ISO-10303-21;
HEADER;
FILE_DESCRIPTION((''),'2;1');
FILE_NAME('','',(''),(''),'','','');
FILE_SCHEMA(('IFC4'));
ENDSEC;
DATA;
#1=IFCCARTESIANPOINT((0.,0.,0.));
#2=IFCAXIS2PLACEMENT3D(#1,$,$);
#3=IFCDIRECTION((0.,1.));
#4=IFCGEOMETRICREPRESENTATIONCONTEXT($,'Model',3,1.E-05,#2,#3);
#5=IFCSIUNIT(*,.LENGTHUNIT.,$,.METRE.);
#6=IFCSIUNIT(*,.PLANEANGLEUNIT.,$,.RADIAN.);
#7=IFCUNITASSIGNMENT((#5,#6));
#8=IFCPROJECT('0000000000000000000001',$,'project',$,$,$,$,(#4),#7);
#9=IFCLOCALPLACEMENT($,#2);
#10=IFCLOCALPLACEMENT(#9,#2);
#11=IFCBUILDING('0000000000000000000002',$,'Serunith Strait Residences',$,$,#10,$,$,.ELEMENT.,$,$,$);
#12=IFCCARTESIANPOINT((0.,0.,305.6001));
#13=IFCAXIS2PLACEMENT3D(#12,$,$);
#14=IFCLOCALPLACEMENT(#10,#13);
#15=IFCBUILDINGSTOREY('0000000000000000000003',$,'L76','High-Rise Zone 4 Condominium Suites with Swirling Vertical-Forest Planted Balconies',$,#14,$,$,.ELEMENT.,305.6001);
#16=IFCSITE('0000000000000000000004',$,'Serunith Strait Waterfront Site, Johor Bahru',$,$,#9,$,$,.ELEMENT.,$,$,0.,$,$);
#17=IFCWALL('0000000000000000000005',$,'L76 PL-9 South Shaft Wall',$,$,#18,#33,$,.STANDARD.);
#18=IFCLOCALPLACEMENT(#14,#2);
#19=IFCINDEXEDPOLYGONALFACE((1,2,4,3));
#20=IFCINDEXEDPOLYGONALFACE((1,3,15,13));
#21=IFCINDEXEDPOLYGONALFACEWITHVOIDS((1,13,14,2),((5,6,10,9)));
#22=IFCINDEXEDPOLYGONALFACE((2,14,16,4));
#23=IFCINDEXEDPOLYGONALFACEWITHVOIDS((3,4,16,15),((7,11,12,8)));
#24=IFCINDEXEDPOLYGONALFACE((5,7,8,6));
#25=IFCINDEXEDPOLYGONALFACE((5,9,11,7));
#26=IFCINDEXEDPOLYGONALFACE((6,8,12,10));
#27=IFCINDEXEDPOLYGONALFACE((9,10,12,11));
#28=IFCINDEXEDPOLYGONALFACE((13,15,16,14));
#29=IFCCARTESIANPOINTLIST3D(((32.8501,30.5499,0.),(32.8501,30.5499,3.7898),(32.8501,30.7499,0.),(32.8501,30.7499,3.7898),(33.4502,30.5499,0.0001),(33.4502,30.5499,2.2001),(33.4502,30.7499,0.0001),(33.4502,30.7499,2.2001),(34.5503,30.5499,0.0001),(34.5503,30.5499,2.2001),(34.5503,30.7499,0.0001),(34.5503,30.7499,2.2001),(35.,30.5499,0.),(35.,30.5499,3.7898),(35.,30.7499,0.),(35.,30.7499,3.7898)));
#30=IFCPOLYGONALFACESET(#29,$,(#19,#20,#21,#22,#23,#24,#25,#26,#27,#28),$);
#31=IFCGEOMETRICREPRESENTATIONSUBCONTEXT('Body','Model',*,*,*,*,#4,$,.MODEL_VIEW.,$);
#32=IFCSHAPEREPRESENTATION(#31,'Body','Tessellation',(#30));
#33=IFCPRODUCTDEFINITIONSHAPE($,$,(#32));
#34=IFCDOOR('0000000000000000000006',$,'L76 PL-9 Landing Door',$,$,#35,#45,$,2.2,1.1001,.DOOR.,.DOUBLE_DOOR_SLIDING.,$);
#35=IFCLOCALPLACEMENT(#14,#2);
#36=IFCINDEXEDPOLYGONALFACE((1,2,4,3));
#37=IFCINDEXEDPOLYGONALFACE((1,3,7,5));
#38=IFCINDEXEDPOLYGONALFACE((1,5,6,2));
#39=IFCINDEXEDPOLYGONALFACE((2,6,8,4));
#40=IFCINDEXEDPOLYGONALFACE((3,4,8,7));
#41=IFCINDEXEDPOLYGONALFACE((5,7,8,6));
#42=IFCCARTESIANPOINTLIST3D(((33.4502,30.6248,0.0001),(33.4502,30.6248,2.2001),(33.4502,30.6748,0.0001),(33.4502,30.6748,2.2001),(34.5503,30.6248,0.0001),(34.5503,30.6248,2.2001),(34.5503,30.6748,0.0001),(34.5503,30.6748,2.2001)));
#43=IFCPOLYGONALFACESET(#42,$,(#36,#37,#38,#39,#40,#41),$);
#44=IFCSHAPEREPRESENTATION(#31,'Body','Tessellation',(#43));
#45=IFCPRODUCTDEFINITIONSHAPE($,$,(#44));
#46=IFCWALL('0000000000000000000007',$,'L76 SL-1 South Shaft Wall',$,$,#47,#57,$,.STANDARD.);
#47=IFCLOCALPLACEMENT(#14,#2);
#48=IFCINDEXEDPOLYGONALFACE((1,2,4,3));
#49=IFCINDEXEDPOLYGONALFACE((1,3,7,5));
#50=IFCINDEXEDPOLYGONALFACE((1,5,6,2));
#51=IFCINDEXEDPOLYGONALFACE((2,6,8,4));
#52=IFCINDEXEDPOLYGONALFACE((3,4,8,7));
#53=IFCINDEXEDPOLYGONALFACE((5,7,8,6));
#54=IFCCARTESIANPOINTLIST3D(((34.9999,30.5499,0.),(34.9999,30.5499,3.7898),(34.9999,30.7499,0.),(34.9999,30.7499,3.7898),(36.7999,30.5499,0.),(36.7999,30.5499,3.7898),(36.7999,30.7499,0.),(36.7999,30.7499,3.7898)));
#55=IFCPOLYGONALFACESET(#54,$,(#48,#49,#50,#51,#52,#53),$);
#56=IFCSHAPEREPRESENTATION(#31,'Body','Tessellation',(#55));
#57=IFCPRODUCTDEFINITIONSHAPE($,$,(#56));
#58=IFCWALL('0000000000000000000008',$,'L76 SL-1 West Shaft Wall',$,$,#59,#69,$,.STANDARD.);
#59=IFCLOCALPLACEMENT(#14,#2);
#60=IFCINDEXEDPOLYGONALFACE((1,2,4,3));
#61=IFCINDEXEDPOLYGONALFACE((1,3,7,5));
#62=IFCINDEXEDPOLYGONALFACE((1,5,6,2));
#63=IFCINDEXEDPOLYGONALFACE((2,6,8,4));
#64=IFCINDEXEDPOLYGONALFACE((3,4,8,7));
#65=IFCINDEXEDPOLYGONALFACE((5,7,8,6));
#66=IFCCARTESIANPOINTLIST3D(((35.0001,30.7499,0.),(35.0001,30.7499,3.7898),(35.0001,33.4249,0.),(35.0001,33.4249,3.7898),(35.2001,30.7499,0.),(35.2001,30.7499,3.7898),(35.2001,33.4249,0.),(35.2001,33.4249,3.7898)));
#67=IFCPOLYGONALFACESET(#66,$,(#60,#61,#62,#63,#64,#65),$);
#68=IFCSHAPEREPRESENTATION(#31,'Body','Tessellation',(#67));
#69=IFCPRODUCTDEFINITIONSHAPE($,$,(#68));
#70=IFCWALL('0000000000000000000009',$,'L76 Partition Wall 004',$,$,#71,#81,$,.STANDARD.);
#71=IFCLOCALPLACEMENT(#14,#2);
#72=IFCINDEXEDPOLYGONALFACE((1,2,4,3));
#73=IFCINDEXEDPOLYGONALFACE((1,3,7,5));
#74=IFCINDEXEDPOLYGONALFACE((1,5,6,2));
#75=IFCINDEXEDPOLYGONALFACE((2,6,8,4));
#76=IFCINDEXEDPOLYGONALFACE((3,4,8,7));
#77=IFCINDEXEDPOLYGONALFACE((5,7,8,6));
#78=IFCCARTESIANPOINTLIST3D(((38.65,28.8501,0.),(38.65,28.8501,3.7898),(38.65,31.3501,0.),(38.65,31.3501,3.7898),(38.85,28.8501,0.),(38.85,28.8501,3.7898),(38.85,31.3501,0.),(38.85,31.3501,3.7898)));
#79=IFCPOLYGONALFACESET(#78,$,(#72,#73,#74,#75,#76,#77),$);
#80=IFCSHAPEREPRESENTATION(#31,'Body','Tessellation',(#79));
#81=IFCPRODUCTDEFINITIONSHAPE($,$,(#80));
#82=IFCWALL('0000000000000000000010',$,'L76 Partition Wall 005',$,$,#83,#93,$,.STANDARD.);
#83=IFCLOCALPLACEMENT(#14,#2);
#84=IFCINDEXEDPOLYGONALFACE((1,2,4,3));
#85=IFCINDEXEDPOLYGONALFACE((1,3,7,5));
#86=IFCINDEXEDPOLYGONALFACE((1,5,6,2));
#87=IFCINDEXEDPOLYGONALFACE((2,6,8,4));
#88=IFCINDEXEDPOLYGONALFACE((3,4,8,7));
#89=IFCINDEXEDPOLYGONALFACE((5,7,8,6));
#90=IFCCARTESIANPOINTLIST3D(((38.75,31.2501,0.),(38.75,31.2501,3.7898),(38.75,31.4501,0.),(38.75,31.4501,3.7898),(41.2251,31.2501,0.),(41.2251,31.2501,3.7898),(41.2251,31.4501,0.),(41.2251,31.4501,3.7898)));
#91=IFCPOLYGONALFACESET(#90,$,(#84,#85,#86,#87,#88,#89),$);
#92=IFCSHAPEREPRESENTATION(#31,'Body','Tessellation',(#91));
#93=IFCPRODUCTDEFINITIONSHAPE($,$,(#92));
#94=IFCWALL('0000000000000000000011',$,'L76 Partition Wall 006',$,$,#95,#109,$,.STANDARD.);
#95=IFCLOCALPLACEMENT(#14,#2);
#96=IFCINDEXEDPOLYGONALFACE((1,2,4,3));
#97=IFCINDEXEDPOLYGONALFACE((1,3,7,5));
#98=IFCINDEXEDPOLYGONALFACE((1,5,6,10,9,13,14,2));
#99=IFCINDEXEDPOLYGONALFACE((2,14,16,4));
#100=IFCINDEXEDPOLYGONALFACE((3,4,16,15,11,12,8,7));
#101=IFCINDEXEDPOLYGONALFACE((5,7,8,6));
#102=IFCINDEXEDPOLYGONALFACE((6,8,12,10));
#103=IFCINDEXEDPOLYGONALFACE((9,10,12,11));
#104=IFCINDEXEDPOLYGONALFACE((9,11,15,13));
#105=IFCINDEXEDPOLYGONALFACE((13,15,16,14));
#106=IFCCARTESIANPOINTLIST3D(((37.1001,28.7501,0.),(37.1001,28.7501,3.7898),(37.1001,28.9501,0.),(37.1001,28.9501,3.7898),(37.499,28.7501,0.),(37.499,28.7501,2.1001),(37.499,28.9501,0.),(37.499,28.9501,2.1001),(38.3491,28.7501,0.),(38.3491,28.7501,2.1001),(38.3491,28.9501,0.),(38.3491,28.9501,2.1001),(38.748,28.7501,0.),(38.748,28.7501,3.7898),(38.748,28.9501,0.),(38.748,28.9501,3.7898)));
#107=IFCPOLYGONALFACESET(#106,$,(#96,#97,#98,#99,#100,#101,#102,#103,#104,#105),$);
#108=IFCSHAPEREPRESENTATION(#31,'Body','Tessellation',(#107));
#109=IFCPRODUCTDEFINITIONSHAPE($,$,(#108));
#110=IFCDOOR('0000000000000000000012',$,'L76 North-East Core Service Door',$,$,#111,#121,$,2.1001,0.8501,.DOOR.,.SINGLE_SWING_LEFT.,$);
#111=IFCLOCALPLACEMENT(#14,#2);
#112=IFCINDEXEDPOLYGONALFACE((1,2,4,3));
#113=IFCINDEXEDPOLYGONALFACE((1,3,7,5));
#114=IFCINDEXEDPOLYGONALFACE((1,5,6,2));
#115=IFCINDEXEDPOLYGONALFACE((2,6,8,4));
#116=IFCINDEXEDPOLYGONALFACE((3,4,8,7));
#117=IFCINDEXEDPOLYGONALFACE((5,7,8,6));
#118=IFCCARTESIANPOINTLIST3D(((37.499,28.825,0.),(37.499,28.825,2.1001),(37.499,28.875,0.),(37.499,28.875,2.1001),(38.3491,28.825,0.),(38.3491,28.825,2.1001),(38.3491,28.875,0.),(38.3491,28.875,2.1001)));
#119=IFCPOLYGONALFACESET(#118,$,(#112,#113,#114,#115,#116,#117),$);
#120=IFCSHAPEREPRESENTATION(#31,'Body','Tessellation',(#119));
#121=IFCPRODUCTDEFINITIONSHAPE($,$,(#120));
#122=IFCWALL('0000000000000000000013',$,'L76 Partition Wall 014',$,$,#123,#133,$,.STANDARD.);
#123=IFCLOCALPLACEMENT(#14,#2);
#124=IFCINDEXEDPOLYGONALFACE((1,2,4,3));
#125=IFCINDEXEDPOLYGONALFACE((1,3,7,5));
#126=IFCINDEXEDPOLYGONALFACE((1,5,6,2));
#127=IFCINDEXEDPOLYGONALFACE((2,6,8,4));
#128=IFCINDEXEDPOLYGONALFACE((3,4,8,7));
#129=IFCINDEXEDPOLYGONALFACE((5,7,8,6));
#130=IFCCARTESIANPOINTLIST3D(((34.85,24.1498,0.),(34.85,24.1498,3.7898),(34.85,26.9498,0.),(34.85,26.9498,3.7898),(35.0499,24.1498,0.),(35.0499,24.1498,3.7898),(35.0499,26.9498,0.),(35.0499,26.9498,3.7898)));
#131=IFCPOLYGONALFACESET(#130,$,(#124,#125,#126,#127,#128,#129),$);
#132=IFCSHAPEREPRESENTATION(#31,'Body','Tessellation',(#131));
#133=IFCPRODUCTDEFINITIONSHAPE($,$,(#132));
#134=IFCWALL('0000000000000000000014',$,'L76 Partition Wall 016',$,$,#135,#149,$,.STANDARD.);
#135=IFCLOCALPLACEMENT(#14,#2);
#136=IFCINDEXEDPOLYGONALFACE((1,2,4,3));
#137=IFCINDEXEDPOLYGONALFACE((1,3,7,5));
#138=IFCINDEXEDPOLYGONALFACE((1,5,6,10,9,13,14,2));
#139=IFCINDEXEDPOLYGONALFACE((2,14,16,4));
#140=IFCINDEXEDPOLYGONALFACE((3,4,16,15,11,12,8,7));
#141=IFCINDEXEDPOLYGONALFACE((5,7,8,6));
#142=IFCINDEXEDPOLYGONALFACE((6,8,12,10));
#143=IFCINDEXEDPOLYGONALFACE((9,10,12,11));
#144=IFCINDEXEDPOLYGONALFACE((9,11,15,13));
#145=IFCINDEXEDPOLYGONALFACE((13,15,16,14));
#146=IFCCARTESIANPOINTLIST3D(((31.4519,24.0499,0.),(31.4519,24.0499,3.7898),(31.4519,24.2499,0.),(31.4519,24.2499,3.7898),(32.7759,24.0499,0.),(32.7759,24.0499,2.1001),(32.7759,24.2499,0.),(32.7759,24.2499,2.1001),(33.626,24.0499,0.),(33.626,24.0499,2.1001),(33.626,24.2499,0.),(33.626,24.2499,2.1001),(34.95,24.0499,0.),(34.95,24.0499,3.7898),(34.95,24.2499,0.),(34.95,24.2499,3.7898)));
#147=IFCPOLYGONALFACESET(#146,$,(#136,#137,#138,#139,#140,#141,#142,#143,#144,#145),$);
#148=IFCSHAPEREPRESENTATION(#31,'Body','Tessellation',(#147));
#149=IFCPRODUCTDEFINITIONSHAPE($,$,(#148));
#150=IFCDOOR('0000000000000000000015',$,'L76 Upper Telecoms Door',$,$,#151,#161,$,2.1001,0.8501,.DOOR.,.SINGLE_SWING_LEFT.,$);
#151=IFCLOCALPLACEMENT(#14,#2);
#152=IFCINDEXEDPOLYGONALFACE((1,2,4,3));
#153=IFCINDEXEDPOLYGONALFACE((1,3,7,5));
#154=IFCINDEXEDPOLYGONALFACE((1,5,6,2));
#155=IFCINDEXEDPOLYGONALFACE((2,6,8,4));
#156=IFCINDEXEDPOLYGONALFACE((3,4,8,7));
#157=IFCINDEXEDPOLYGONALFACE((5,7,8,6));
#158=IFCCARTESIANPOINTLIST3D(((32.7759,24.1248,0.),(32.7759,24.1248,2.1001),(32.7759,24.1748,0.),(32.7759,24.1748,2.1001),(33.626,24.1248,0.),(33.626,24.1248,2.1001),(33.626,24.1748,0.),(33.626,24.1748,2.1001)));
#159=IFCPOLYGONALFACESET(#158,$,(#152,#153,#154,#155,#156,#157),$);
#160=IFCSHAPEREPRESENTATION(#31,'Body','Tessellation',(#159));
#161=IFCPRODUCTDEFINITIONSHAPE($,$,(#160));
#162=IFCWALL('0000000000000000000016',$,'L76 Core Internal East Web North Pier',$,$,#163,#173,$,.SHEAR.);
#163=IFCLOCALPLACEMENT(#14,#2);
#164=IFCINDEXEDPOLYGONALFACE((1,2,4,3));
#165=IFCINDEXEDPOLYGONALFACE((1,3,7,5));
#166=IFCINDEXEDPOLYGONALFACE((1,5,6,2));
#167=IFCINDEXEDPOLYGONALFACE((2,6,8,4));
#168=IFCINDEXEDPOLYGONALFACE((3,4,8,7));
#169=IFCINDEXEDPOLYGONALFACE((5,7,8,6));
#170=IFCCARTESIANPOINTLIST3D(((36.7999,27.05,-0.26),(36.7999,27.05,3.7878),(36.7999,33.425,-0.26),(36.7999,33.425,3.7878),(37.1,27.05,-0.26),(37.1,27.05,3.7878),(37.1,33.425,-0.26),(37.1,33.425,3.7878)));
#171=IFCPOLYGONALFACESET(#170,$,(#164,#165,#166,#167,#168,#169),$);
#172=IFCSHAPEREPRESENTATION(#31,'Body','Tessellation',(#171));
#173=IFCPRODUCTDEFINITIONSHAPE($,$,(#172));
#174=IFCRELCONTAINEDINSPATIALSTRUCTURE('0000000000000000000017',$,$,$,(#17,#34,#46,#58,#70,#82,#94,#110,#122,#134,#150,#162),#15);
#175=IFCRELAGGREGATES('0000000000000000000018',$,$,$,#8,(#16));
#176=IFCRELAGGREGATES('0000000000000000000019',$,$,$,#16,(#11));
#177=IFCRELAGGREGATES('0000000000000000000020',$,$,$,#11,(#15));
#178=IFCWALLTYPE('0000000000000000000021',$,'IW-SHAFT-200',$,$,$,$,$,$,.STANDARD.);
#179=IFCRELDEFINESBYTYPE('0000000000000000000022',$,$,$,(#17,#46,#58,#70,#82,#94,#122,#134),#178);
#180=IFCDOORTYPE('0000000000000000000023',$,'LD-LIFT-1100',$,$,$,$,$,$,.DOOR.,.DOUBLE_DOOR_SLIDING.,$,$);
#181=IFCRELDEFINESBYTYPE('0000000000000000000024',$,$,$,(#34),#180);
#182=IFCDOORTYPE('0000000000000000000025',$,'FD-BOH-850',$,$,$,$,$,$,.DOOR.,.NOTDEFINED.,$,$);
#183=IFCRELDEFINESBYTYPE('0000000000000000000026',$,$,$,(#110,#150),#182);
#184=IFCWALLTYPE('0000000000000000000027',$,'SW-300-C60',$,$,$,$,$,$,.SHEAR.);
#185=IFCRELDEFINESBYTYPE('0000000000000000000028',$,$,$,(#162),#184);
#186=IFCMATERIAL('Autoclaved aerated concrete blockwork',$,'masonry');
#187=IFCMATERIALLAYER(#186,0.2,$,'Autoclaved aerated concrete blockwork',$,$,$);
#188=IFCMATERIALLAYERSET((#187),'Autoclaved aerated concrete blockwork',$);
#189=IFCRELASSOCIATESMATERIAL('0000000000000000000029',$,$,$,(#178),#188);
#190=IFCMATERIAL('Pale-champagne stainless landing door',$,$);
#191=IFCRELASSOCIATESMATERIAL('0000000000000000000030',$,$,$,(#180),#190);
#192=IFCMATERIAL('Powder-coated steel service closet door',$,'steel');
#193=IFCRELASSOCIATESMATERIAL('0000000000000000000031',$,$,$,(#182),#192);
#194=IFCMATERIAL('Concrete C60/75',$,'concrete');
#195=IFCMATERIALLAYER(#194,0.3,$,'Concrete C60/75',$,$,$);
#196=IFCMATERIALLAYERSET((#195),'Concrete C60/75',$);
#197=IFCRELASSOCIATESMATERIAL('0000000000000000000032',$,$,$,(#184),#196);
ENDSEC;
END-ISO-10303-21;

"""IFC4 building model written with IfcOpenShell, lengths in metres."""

from ifc_helpers import new_model, si_unit, direction, frame, frame_2d, origin, place, context, subcontext, project, spatial, rectangle, extrude, source, transform, mapped, material, layer, layer_set, type_object, element, fill, save


model = new_model("IFC4")

# Units and contexts
model_context = context("Model", 3, precision=1e-05, world=origin(), true_north=direction((0.0, 1.0)))
body_context = subcontext(model_context, "Body", "Model", "MODEL_VIEW")
ifc_project = project(units=[si_unit("LENGTHUNIT", "METRE"), si_unit("PLANEANGLEUNIT", "RADIAN")], contexts=[model_context])

# Site, building, storey
site_placement = place(None, origin())
site = spatial("IfcSite", under=ifc_project, at=site_placement, Name="Serunith Strait Waterfront Site, Johor Bahru", CompositionType="ELEMENT", RefElevation=0.0)
building_placement = place(site_placement, origin())
building = spatial("IfcBuilding", under=site, at=building_placement, Name="Serunith Strait Residences", CompositionType="ELEMENT")
storey_placement = place(building_placement, frame((0.0, 0.0, 305.6001)))
storey = spatial("IfcBuildingStorey", under=building, at=storey_placement, Name="L76", Description="High-Rise Zone 4 Condominium Suites with Swirling Vertical-Forest Planted Balconies", CompositionType="ELEMENT", Elevation=305.6001)

# Wall, opening, door
shared_shape_1 = source(origin(), body_context, "Body", "SweptSolid", [
    extrude(rectangle(XDim=0.8501, YDim=2.1001, at=frame_2d((0.425, 1.05))), frame((0.0, 0.0249, 0.0), z_axis=(0.0, -1.0, 0.0), x_axis=(1.0, 0.0, 0.0)), (0.0, 0.0, 1.0), 0.05),
])
ifc_material_1 = material(Name="Autoclaved aerated concrete blockwork", Category="masonry")
ifc_layer_1 = layer(ifc_material_1, 0.2, Name="Autoclaved aerated concrete blockwork")
ifc_layer_set_1 = layer_set([ifc_layer_1], Name="Autoclaved aerated concrete blockwork")
wall_type_1 = type_object("IfcWallType", Name="IW-SHAFT-200", PredefinedType="STANDARD", material=ifc_layer_set_1)
wall_1_placement = place(storey_placement, frame((32.8501, 30.6499, 0.0), z_axis=(0.0, 0.0, 1.0), x_axis=(1.0, 0.0, 0.0)))
wall_1 = element("IfcWall", 1, at=wall_1_placement, inside=storey, type_object=wall_type_1, Name="L76 PL-9 South Shaft Wall", PredefinedType="STANDARD", context=body_context, shape_type="SweptSolid", body=[
    extrude(rectangle(XDim=2.1499, YDim=0.2, at=frame_2d((1.075, 0.0))), origin(), (0.0, 0.0, 1.0), 3.7898),
])
opening_1_placement = place(wall_1_placement, frame((0.6001, 0.0, 0.0)))
opening_1 = element("IfcOpeningElement", 2, at=opening_1_placement, cuts=wall_1, PredefinedType="OPENING", context=body_context, shape_type="SweptSolid", body=[
    extrude(rectangle(XDim=1.1001, YDim=2.2, at=frame_2d((0.55, 1.1001))), frame((0.0, 0.1099, 0.0), z_axis=(0.0, -1.0, 0.0), x_axis=(1.0, 0.0, 0.0)), (0.0, 0.0, 1.0), 0.22),
])
ifc_material_2 = material(Name="Pale-champagne stainless landing door")
door_type_1 = type_object("IfcDoorType", Name="LD-LIFT-1100", OperationType="DOUBLE_DOOR_SLIDING", PredefinedType="DOOR", material=ifc_material_2)
shared_shape_2 = source(origin(), body_context, "Body", "SweptSolid", [
    extrude(rectangle(XDim=1.1001, YDim=2.2, at=frame_2d((0.55, 1.1001))), frame((0.0, 0.0249, 0.0), z_axis=(0.0, -1.0, 0.0), x_axis=(1.0, 0.0, 0.0)), (0.0, 0.0, 1.0), 0.05),
])
door_1_placement = place(opening_1_placement, origin())
door_1 = element("IfcDoor", 3, at=door_1_placement, inside=storey, type_object=door_type_1, Name="L76 PL-9 Landing Door", OperationType="DOUBLE_DOOR_SLIDING", OverallHeight=2.2, OverallWidth=1.1001, PredefinedType="DOOR", context=body_context, shape_type="MappedRepresentation", body=[
    mapped(shared_shape_2, transform((0.0, 0.0, 0.0), scale=1.0)),
])
fill(opening_1, door_1)

# Walls
wall_2_placement = place(storey_placement, frame((35.0, 30.6499, 0.0), z_axis=(0.0, 0.0, 1.0), x_axis=(1.0, 0.0, 0.0)))
element("IfcWall", 4, at=wall_2_placement, inside=storey, type_object=wall_type_1, Name="L76 SL-1 South Shaft Wall", PredefinedType="STANDARD", context=body_context, shape_type="SweptSolid", body=[
    extrude(rectangle(XDim=1.8, YDim=0.2, at=frame_2d((0.8999, 0.0))), origin(), (0.0, 0.0, 1.0), 3.7898),
])
wall_3_placement = place(storey_placement, frame((35.1001, 30.75, 0.0), z_axis=(0.0, 0.0, 1.0), x_axis=(0.0, 1.0, 0.0)))
element("IfcWall", 5, at=wall_3_placement, inside=storey, type_object=wall_type_1, Name="L76 SL-1 West Shaft Wall", PredefinedType="STANDARD", context=body_context, shape_type="SweptSolid", body=[
    extrude(rectangle(XDim=2.675, YDim=0.2, at=frame_2d((1.3374, 0.0))), origin(), (0.0, 0.0, 1.0), 3.7898),
])
wall_4_placement = place(storey_placement, frame((38.75, 28.8501, 0.0), z_axis=(0.0, 0.0, 1.0), x_axis=(0.0, 1.0, 0.0)))
element("IfcWall", 6, at=wall_4_placement, inside=storey, type_object=wall_type_1, Name="L76 Partition Wall 004", PredefinedType="STANDARD", context=body_context, shape_type="SweptSolid", body=[
    extrude(rectangle(XDim=2.5, YDim=0.2, at=frame_2d((1.25, 0.0))), origin(), (0.0, 0.0, 1.0), 3.7898),
])
wall_5_placement = place(storey_placement, frame((38.75, 31.3501, 0.0), z_axis=(0.0, 0.0, 1.0), x_axis=(1.0, 0.0, 0.0)))
element("IfcWall", 7, at=wall_5_placement, inside=storey, type_object=wall_type_1, Name="L76 Partition Wall 005", PredefinedType="STANDARD", context=body_context, shape_type="SweptSolid", body=[
    extrude(rectangle(XDim=2.4751, YDim=0.2, at=frame_2d((1.2375, 0.0))), origin(), (0.0, 0.0, 1.0), 3.7898),
])

# Wall, opening, door
wall_6_placement = place(storey_placement, frame((37.1001, 28.8501, 0.0), z_axis=(0.0, 0.0, 1.0), x_axis=(1.0, 0.0, 0.0)))
wall_6 = element("IfcWall", 8, at=wall_6_placement, inside=storey, type_object=wall_type_1, Name="L76 Partition Wall 006", PredefinedType="STANDARD", context=body_context, shape_type="SweptSolid", body=[
    extrude(rectangle(XDim=1.6479, YDim=0.2, at=frame_2d((0.824, 0.0))), origin(), (0.0, 0.0, 1.0), 3.7898),
])
opening_2_placement = place(wall_6_placement, frame((0.3989, 0.0, 0.0)))
opening_2 = element("IfcOpeningElement", 9, at=opening_2_placement, cuts=wall_6, PredefinedType="OPENING", context=body_context, shape_type="SweptSolid", body=[
    extrude(rectangle(XDim=0.8501, YDim=2.1001, at=frame_2d((0.425, 1.05))), frame((0.0, 0.1099, 0.0), z_axis=(0.0, -1.0, 0.0), x_axis=(1.0, 0.0, 0.0)), (0.0, 0.0, 1.0), 0.22),
])
ifc_material_3 = material(Name="Powder-coated steel service closet door", Category="steel")
door_type_2 = type_object("IfcDoorType", Name="FD-BOH-850", OperationType="NOTDEFINED", PredefinedType="DOOR", material=ifc_material_3)
door_2_placement = place(opening_2_placement, origin())
door_2 = element("IfcDoor", 10, at=door_2_placement, inside=storey, type_object=door_type_2, Name="L76 North-East Core Service Door", OperationType="SINGLE_SWING_LEFT", OverallHeight=2.1001, OverallWidth=0.8501, PredefinedType="DOOR", context=body_context, shape_type="MappedRepresentation", body=[
    mapped(shared_shape_1, transform((0.0, 0.0, 0.0), scale=1.0)),
])
fill(opening_2, door_2)

# Wall
wall_7_placement = place(storey_placement, frame((34.95, 24.1499, 0.0), z_axis=(0.0, 0.0, 1.0), x_axis=(0.0, 1.0, 0.0)))
element("IfcWall", 11, at=wall_7_placement, inside=storey, type_object=wall_type_1, Name="L76 Partition Wall 014", PredefinedType="STANDARD", context=body_context, shape_type="SweptSolid", body=[
    extrude(rectangle(XDim=2.8, YDim=0.2, at=frame_2d((1.3999, 0.0))), origin(), (0.0, 0.0, 1.0), 3.7898),
])

# Wall, opening, door
wall_8_placement = place(storey_placement, frame((31.4519, 24.1499, 0.0), z_axis=(0.0, 0.0, 1.0), x_axis=(1.0, 0.0, 0.0)))
wall_8 = element("IfcWall", 12, at=wall_8_placement, inside=storey, type_object=wall_type_1, Name="L76 Partition Wall 016", PredefinedType="STANDARD", context=body_context, shape_type="SweptSolid", body=[
    extrude(rectangle(XDim=3.498, YDim=0.2, at=frame_2d((1.749, 0.0))), origin(), (0.0, 0.0, 1.0), 3.7898),
])
opening_3_placement = place(wall_8_placement, frame((1.324, 0.0, 0.0)))
opening_3 = element("IfcOpeningElement", 13, at=opening_3_placement, cuts=wall_8, PredefinedType="OPENING", context=body_context, shape_type="SweptSolid", body=[
    extrude(rectangle(XDim=0.8501, YDim=2.1001, at=frame_2d((0.425, 1.05))), frame((0.0, 0.1099, 0.0), z_axis=(0.0, -1.0, 0.0), x_axis=(1.0, 0.0, 0.0)), (0.0, 0.0, 1.0), 0.22),
])
door_3_placement = place(opening_3_placement, origin())
door_3 = element("IfcDoor", 14, at=door_3_placement, inside=storey, type_object=door_type_2, Name="L76 Upper Telecoms Door", OperationType="SINGLE_SWING_LEFT", OverallHeight=2.1001, OverallWidth=0.8501, PredefinedType="DOOR", context=body_context, shape_type="MappedRepresentation", body=[
    mapped(shared_shape_1, transform((0.0, 0.0, 0.0), scale=1.0)),
])
fill(opening_3, door_3)

# Wall
ifc_material_4 = material(Name="Concrete C60/75", Category="concrete")
ifc_layer_2 = layer(ifc_material_4, 0.3, Name="Concrete C60/75")
ifc_layer_set_2 = layer_set([ifc_layer_2], Name="Concrete C60/75")
wall_type_2 = type_object("IfcWallType", Name="SW-300-C60", PredefinedType="SHEAR", material=ifc_layer_set_2)
wall_9_placement = place(storey_placement, frame((36.95, 27.05, -0.26), z_axis=(0.0, 0.0, 1.0), x_axis=(0.0, 1.0, 0.0)))
element("IfcWall", 15, at=wall_9_placement, inside=storey, type_object=wall_type_2, Name="L76 Core Internal East Web North Pier", PredefinedType="SHEAR", context=body_context, shape_type="SweptSolid", body=[
    extrude(rectangle(XDim=6.375, YDim=0.3, at=frame_2d((3.1875, 0.0))), origin(), (0.0, 0.0, 1.0), 4.0479),
])

save(model, "model.ifc")
